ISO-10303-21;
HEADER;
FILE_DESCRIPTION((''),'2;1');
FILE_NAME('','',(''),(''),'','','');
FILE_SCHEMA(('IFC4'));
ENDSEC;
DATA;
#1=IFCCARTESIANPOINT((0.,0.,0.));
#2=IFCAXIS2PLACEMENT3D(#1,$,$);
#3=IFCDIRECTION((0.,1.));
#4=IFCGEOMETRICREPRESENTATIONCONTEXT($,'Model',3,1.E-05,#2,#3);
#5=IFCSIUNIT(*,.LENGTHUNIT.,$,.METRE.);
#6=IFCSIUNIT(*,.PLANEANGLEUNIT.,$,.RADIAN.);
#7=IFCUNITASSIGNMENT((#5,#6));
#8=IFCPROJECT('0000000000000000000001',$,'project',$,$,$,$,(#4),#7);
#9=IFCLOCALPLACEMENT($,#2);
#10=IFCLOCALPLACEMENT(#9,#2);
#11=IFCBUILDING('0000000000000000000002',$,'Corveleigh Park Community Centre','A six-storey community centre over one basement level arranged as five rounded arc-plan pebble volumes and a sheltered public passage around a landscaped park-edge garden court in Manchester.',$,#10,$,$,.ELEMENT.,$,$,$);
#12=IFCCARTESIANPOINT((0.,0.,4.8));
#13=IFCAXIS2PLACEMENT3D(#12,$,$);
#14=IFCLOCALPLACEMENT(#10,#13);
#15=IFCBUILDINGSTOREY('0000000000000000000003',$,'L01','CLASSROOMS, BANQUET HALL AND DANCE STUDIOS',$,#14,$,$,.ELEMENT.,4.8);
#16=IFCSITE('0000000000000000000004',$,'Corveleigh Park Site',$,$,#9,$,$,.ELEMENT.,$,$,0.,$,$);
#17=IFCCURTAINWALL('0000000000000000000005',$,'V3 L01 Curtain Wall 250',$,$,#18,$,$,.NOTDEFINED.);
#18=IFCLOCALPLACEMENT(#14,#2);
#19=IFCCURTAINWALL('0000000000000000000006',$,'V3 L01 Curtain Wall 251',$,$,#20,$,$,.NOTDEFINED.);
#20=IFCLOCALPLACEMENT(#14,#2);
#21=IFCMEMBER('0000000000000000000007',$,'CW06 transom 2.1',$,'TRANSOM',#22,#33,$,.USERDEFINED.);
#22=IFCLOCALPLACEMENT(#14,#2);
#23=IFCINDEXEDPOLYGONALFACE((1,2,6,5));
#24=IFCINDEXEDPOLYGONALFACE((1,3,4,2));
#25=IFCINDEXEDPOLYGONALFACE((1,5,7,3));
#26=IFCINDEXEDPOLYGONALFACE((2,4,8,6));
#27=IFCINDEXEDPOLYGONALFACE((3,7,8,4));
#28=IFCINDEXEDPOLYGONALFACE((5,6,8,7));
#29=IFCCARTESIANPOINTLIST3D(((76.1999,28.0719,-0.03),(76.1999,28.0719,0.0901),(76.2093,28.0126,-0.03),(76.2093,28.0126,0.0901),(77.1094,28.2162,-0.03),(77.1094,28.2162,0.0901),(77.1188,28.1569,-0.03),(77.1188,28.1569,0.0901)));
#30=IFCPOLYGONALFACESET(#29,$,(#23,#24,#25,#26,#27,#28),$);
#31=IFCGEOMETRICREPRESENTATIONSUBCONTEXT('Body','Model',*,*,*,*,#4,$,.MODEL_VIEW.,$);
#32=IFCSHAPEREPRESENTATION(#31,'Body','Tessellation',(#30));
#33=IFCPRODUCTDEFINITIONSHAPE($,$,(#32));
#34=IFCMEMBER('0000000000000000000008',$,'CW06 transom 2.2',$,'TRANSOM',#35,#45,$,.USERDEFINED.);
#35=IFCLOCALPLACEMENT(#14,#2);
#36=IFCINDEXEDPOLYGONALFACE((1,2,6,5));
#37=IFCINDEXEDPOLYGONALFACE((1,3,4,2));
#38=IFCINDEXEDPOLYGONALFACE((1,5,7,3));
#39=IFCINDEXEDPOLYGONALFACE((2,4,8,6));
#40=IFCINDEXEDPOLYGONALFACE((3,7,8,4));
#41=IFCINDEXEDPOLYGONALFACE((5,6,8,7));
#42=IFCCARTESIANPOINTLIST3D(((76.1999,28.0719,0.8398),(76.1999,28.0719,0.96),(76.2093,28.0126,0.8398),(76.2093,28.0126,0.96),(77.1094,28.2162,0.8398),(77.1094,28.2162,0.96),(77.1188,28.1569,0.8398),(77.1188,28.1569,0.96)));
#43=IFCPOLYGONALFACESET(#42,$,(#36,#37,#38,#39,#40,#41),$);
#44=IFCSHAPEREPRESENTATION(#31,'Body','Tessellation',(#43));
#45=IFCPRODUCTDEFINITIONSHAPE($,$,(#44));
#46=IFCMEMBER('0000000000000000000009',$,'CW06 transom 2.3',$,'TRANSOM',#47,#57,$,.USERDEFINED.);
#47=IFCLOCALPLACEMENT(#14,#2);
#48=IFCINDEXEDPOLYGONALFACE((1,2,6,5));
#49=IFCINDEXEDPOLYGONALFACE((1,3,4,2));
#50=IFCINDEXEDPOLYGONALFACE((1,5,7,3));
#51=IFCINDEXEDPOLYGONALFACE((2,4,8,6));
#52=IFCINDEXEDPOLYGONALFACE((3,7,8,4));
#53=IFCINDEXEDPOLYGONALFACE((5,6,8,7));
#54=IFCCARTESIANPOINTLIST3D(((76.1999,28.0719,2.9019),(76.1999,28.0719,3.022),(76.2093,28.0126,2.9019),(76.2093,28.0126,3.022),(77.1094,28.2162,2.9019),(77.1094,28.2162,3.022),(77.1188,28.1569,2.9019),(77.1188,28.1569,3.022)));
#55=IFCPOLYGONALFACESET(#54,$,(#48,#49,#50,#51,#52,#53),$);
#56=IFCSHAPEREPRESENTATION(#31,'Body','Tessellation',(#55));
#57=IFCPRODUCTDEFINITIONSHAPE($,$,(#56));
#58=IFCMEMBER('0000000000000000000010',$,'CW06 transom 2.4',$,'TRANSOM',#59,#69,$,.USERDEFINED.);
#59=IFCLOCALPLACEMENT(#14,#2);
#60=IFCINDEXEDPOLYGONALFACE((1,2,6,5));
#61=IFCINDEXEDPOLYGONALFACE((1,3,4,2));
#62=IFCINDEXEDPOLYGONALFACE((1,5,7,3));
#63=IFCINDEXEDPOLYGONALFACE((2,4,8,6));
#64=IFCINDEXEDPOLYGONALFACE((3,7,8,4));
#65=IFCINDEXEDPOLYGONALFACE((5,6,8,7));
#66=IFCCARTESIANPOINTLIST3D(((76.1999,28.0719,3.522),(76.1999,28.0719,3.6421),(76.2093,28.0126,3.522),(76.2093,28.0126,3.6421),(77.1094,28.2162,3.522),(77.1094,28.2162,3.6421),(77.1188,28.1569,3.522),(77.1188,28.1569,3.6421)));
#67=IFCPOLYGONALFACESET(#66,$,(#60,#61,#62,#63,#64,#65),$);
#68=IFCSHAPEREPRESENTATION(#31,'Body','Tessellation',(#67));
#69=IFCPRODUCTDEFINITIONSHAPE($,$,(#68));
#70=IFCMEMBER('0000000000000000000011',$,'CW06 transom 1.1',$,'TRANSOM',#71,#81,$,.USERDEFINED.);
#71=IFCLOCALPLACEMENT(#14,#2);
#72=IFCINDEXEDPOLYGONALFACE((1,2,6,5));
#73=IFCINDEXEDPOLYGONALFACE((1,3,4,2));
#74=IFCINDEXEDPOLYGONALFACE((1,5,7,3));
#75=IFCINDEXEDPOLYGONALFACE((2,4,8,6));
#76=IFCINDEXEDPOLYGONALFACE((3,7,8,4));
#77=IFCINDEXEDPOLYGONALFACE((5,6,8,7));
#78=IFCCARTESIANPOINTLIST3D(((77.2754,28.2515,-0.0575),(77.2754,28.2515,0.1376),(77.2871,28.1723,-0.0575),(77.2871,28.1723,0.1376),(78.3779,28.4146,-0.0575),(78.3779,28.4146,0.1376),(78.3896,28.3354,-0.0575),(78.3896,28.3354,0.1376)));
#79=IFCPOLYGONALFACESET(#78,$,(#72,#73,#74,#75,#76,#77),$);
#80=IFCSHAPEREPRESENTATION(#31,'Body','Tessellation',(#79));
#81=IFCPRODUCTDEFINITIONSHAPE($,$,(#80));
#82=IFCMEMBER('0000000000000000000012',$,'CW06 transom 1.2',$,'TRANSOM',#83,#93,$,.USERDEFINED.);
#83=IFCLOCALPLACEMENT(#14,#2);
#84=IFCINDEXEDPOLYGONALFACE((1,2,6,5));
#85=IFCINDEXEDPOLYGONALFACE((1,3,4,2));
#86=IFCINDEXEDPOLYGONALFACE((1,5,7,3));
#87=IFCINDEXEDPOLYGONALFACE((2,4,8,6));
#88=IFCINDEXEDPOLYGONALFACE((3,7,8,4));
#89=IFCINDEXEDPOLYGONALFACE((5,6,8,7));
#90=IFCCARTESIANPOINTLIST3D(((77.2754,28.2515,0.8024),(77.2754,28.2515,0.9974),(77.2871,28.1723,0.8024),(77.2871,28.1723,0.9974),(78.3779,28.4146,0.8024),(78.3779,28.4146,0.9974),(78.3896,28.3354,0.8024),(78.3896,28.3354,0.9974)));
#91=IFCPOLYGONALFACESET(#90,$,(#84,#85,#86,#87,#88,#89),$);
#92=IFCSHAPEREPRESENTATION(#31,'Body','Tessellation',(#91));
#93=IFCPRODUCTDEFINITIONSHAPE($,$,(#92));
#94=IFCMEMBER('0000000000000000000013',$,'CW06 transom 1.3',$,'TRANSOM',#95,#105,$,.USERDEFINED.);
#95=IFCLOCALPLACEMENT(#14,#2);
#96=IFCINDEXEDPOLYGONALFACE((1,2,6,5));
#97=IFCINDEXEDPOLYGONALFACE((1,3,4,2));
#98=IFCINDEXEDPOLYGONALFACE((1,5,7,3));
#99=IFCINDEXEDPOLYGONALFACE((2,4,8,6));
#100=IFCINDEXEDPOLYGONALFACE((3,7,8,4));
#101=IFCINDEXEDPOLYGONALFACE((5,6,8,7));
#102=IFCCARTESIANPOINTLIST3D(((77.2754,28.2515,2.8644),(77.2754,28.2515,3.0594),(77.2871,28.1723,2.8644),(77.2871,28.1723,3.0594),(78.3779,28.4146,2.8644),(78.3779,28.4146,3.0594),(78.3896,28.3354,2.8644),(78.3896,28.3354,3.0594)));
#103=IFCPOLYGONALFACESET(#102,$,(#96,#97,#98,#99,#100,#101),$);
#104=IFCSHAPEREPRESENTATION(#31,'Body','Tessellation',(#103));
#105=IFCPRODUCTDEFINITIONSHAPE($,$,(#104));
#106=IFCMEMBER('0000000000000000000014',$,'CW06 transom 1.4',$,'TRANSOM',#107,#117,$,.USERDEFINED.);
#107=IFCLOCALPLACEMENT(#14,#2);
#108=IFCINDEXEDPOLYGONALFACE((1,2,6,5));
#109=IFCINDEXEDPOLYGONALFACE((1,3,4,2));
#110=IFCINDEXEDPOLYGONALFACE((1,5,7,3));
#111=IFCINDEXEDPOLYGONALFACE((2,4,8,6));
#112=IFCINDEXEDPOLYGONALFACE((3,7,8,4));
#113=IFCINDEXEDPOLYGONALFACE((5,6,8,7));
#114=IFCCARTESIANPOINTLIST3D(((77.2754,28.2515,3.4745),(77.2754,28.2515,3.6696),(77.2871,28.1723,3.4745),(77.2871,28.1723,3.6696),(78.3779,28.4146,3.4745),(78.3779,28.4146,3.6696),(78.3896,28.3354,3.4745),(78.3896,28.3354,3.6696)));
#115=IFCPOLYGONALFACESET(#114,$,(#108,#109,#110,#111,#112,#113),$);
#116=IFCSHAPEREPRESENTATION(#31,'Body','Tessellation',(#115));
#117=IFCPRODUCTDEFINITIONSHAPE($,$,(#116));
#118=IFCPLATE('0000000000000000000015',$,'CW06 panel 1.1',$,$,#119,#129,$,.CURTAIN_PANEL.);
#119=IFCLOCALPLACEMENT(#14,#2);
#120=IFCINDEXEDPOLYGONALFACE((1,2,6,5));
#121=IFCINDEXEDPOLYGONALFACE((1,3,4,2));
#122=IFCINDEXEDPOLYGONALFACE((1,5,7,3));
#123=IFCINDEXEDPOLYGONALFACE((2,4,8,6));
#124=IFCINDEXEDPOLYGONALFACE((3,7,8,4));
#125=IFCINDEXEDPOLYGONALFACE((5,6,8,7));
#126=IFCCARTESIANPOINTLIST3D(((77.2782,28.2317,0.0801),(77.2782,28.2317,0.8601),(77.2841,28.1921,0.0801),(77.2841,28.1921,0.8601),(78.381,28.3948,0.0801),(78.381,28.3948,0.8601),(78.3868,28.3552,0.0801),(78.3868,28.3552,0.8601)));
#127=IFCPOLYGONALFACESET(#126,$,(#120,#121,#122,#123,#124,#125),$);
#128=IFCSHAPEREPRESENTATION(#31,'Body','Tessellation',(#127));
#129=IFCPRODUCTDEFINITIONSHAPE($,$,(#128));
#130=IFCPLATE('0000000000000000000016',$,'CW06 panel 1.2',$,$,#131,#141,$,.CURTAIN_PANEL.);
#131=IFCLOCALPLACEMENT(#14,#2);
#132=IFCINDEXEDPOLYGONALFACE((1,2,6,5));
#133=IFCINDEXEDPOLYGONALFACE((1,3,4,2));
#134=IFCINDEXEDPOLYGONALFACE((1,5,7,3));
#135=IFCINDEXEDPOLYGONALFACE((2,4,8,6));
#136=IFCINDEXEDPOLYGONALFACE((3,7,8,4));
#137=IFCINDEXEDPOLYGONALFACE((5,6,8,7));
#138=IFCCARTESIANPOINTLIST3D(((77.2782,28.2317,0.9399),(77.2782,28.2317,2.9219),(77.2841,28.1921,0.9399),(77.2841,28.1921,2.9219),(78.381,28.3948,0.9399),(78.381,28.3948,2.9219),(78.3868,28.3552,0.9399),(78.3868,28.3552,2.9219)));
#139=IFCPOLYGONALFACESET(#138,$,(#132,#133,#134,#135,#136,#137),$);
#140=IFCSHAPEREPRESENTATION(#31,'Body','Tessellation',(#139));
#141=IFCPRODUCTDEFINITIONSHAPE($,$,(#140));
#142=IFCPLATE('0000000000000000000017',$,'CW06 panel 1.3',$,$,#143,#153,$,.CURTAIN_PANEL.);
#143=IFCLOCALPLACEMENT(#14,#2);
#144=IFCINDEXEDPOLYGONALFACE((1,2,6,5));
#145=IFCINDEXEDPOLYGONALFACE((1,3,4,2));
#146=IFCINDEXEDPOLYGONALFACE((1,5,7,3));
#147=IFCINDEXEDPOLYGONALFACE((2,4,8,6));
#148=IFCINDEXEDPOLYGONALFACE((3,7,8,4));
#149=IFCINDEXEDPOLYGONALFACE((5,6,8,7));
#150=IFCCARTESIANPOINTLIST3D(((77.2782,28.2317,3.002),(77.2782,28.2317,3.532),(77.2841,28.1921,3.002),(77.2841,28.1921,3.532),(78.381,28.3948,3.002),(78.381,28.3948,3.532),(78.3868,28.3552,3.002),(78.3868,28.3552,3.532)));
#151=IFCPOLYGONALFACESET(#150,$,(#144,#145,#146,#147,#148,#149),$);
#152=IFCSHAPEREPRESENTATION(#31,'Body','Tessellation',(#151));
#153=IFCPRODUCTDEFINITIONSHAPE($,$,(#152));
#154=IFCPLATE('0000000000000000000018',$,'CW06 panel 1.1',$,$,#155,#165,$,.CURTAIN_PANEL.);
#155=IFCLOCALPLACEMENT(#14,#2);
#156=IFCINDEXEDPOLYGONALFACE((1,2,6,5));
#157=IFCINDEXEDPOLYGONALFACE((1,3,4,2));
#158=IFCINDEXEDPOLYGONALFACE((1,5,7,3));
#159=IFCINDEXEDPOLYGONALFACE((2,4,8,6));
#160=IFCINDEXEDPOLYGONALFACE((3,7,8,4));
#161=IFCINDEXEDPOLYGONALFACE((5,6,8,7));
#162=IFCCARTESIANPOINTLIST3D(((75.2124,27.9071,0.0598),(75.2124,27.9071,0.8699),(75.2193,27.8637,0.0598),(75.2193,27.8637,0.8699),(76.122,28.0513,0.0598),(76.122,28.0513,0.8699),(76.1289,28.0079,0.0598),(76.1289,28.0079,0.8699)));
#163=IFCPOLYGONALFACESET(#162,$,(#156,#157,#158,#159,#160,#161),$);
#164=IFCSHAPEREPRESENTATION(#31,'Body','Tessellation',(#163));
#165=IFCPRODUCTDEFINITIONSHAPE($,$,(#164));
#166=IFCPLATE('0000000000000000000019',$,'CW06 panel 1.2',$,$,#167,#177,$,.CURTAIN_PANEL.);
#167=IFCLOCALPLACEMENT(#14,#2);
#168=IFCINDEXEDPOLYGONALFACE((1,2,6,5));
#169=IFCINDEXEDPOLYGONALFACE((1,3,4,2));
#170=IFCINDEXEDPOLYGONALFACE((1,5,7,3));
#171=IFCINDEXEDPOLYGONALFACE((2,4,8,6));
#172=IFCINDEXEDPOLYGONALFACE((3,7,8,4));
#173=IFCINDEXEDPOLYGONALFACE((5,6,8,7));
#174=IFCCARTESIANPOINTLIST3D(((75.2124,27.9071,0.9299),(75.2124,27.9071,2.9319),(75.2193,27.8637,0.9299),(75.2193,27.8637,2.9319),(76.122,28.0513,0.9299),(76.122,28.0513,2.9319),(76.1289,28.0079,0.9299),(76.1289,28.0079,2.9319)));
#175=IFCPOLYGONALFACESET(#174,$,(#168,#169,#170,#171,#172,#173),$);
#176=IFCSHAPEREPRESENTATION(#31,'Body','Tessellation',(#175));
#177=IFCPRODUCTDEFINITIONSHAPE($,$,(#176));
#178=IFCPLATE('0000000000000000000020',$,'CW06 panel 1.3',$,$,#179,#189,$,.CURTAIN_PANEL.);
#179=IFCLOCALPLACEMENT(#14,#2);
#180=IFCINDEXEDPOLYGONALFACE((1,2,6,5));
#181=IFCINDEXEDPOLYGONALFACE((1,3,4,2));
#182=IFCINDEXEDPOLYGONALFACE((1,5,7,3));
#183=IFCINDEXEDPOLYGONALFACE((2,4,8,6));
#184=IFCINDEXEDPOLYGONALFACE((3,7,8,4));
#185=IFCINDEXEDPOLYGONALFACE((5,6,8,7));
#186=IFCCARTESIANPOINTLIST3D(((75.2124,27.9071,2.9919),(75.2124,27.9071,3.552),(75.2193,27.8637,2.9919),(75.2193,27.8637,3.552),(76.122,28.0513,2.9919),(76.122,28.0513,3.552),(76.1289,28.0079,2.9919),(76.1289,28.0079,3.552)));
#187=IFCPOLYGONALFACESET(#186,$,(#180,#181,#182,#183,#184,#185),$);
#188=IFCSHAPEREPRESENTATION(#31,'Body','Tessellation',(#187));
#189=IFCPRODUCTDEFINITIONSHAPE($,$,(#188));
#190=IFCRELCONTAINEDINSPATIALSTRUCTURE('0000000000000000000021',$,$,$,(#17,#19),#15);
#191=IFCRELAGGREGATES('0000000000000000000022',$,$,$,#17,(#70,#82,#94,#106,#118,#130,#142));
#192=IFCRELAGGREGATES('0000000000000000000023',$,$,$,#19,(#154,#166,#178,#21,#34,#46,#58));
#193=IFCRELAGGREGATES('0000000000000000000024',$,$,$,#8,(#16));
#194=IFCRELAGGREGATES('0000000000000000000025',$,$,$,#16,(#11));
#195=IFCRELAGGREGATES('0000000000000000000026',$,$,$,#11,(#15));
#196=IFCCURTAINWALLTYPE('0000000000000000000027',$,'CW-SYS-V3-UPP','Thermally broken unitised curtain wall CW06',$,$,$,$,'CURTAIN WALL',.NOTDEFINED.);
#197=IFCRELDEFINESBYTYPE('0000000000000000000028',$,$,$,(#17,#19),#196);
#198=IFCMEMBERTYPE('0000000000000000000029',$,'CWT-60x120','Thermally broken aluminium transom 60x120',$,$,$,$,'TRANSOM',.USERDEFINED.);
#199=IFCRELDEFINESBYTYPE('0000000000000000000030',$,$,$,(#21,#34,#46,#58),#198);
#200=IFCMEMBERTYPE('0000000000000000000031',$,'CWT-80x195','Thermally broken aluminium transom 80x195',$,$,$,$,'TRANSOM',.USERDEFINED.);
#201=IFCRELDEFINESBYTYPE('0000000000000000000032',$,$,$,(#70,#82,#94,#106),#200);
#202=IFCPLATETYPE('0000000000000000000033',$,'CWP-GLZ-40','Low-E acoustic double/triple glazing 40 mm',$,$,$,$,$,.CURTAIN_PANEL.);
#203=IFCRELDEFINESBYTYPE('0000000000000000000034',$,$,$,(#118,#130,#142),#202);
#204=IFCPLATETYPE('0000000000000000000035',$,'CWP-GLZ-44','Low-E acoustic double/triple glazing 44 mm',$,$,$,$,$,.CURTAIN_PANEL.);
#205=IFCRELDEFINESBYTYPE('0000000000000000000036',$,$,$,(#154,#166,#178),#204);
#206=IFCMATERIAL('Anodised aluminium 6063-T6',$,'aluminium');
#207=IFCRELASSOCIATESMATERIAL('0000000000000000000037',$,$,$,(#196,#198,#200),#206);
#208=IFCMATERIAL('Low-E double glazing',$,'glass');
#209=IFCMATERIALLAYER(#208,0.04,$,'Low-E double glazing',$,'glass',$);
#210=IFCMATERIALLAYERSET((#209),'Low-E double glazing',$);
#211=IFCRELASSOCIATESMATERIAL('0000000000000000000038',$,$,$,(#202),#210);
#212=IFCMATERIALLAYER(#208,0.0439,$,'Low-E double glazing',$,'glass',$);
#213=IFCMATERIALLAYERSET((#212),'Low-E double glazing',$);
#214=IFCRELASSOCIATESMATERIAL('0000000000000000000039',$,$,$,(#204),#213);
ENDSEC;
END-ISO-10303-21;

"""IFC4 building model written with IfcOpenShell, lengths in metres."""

from ifc_helpers import new_model, si_unit, direction, frame, origin, origin_2d, place, context, subcontext, project, spatial, rectangle, extrude, material, layer, layer_set, material_profile, profile_set, type_object, element, aggregate, save


model = new_model("IFC4")

# Units and contexts
model_context = context("Model", 3, precision=1e-05, world=origin(), true_north=direction((0.0, 1.0)))
body_context = subcontext(model_context, "Body", "Model", "MODEL_VIEW")
ifc_project = project(units=[si_unit("LENGTHUNIT", "METRE"), si_unit("PLANEANGLEUNIT", "RADIAN")], contexts=[model_context])

# Site, building, storey
site_placement = place(None, origin())
site = spatial("IfcSite", under=ifc_project, at=site_placement, Name="Corveleigh Park Site", CompositionType="ELEMENT", RefElevation=0.0)
building_placement = place(site_placement, origin())
building = spatial("IfcBuilding", under=site, at=building_placement, Name="Corveleigh Park Community Centre", Description="A six-storey community centre over one basement level arranged as five rounded arc-plan pebble volumes and a sheltered public passage around a landscaped park-edge garden court in Manchester.", CompositionType="ELEMENT")
storey_placement = place(building_placement, frame((0.0, 0.0, 4.8)))
storey = spatial("IfcBuildingStorey", under=building, at=storey_placement, Name="L01", Description="CLASSROOMS, BANQUET HALL AND DANCE STUDIOS", CompositionType="ELEMENT", Elevation=4.8)

# Curtain wall
ifc_material_1 = material(Name="Anodised aluminium 6063-T6", Category="aluminium")
curtain_wall_type = type_object("IfcCurtainWallType", Name="CW-SYS-V3-UPP", Description="Thermally broken unitised curtain wall CW06", ElementType="CURTAIN WALL", PredefinedType="NOTDEFINED", material=ifc_material_1)
curtain_wall_1_placement = place(storey_placement, origin())
curtain_wall_1 = element("IfcCurtainWall", 1, at=curtain_wall_1_placement, inside=storey, type_object=curtain_wall_type, Name="V3 L01 Curtain Wall 250", PredefinedType="NOTDEFINED")

# Curtain wall, members
curtain_wall_2_placement = place(storey_placement, origin())
curtain_wall_2 = element("IfcCurtainWall", 2, at=curtain_wall_2_placement, inside=storey, type_object=curtain_wall_type, Name="V3 L01 Curtain Wall 251", PredefinedType="NOTDEFINED")
ifc_material_profile_1 = material_profile(ifc_material_1, rectangle(XDim=0.0601, YDim=0.1201, at=origin_2d()), Name="ALU-T60x120", Category="aluminium")
ifc_profile_set_1 = profile_set([ifc_material_profile_1], Name="Anodised aluminium 6063-T6")
member_type_1 = type_object("IfcMemberType", Name="CWT-60x120", Description="Thermally broken aluminium transom 60x120", ElementType="TRANSOM", PredefinedType="USERDEFINED", material=ifc_profile_set_1)
member_1_placement = place(storey_placement, frame((76.2046, 28.0422, 0.03), z_axis=(0.987647, 0.156698, 0.0), x_axis=(-0.156698, 0.987647, 0.0)))
member_1 = element("IfcMember", 3, at=member_1_placement, type_object=member_type_1, Name="CW06 transom 2.1", ObjectType="TRANSOM", PredefinedType="USERDEFINED", context=body_context, shape_type="SweptSolid", body=[
    extrude(rectangle(XDim=0.0601, YDim=0.1201, at=origin_2d()), origin(), (0.0, 0.0, 1.0), 0.9209),
])
member_2_placement = place(storey_placement, frame((76.2046, 28.0422, 0.8999), z_axis=(0.987647, 0.156698, 0.0), x_axis=(-0.156698, 0.987647, 0.0)))
member_2 = element("IfcMember", 4, at=member_2_placement, type_object=member_type_1, Name="CW06 transom 2.2", ObjectType="TRANSOM", PredefinedType="USERDEFINED", context=body_context, shape_type="SweptSolid", body=[
    extrude(rectangle(XDim=0.0601, YDim=0.1201, at=origin_2d()), origin(), (0.0, 0.0, 1.0), 0.9209),
])
member_3_placement = place(storey_placement, frame((76.2046, 28.0422, 2.9619), z_axis=(0.987647, 0.156698, 0.0), x_axis=(-0.156698, 0.987647, 0.0)))
member_3 = element("IfcMember", 5, at=member_3_placement, type_object=member_type_1, Name="CW06 transom 2.3", ObjectType="TRANSOM", PredefinedType="USERDEFINED", context=body_context, shape_type="SweptSolid", body=[
    extrude(rectangle(XDim=0.0601, YDim=0.1201, at=origin_2d()), origin(), (0.0, 0.0, 1.0), 0.9209),
])
member_4_placement = place(storey_placement, frame((76.2046, 28.0422, 3.582), z_axis=(0.987647, 0.156698, 0.0), x_axis=(-0.156698, 0.987647, 0.0)))
member_4 = element("IfcMember", 6, at=member_4_placement, type_object=member_type_1, Name="CW06 transom 2.4", ObjectType="TRANSOM", PredefinedType="USERDEFINED", context=body_context, shape_type="SweptSolid", body=[
    extrude(rectangle(XDim=0.0601, YDim=0.1201, at=origin_2d()), origin(), (0.0, 0.0, 1.0), 0.9209),
])

# Members
ifc_material_profile_2 = material_profile(ifc_material_1, rectangle(XDim=0.0801, YDim=0.1951, at=origin_2d()), Name="ALU-T80x195", Category="aluminium")
ifc_profile_set_2 = profile_set([ifc_material_profile_2], Name="Anodised aluminium 6063-T6")
member_type_2 = type_object("IfcMemberType", Name="CWT-80x195", Description="Thermally broken aluminium transom 80x195", ElementType="TRANSOM", PredefinedType="USERDEFINED", material=ifc_profile_set_2)
member_5_placement = place(storey_placement, frame((77.2812, 28.2119, 0.04), z_axis=(0.989236, 0.146326, 0.0), x_axis=(-0.146326, 0.989236, 0.0)))
member_5 = element("IfcMember", 7, at=member_5_placement, type_object=member_type_2, Name="CW06 transom 1.1", ObjectType="TRANSOM", PredefinedType="USERDEFINED", context=body_context, shape_type="SweptSolid", body=[
    extrude(rectangle(XDim=0.0801, YDim=0.1951, at=origin_2d()), origin(), (0.0, 0.0, 1.0), 1.1145),
])
member_6_placement = place(storey_placement, frame((77.2812, 28.2119, 0.8999), z_axis=(0.989236, 0.146326, 0.0), x_axis=(-0.146326, 0.989236, 0.0)))
member_6 = element("IfcMember", 8, at=member_6_placement, type_object=member_type_2, Name="CW06 transom 1.2", ObjectType="TRANSOM", PredefinedType="USERDEFINED", context=body_context, shape_type="SweptSolid", body=[
    extrude(rectangle(XDim=0.0801, YDim=0.1951, at=origin_2d()), origin(), (0.0, 0.0, 1.0), 1.1145),
])
member_7_placement = place(storey_placement, frame((77.2812, 28.2119, 2.9619), z_axis=(0.989236, 0.146326, 0.0), x_axis=(-0.146326, 0.989236, 0.0)))
member_7 = element("IfcMember", 9, at=member_7_placement, type_object=member_type_2, Name="CW06 transom 1.3", ObjectType="TRANSOM", PredefinedType="USERDEFINED", context=body_context, shape_type="SweptSolid", body=[
    extrude(rectangle(XDim=0.0801, YDim=0.1951, at=origin_2d()), origin(), (0.0, 0.0, 1.0), 1.1145),
])
member_8_placement = place(storey_placement, frame((77.2812, 28.2119, 3.572), z_axis=(0.989236, 0.146326, 0.0), x_axis=(-0.146326, 0.989236, 0.0)))
member_8 = element("IfcMember", 10, at=member_8_placement, type_object=member_type_2, Name="CW06 transom 1.4", ObjectType="TRANSOM", PredefinedType="USERDEFINED", context=body_context, shape_type="SweptSolid", body=[
    extrude(rectangle(XDim=0.0801, YDim=0.1951, at=origin_2d()), origin(), (0.0, 0.0, 1.0), 1.1145),
])

# Plates
ifc_material_2 = material(Name="Low-E double glazing", Category="glass")
ifc_layer_1 = layer(ifc_material_2, 0.04, Name="Low-E double glazing", Category="glass")
ifc_layer_set_1 = layer_set([ifc_layer_1], Name="Low-E double glazing")
plate_type_1 = type_object("IfcPlateType", Name="CWP-GLZ-40", Description="Low-E acoustic double/triple glazing 40 mm", PredefinedType="CURTAIN_PANEL", material=ifc_layer_set_1)
plate_1_placement = place(storey_placement, frame((77.8325, 28.2935, 0.0801), z_axis=(0.0, 0.0, 1.0), x_axis=(0.989245, 0.146268, 0.0)))
plate_1 = element("IfcPlate", 11, at=plate_1_placement, type_object=plate_type_1, Name="CW06 panel 1.1", PredefinedType="CURTAIN_PANEL", context=body_context, shape_type="SweptSolid", body=[
    extrude(rectangle(XDim=1.1147, YDim=0.04, at=origin_2d()), origin(), (0.0, 0.0, 1.0), 0.78),
])
plate_2_placement = place(storey_placement, frame((77.8325, 28.2935, 0.9399), z_axis=(0.0, 0.0, 1.0), x_axis=(0.989245, 0.146268, 0.0)))
plate_2 = element("IfcPlate", 12, at=plate_2_placement, type_object=plate_type_1, Name="CW06 panel 1.2", PredefinedType="CURTAIN_PANEL", context=body_context, shape_type="SweptSolid", body=[
    extrude(rectangle(XDim=1.1147, YDim=0.04, at=origin_2d()), origin(), (0.0, 0.0, 1.0), 1.9819),
])
plate_3_placement = place(storey_placement, frame((77.8325, 28.2935, 3.002), z_axis=(0.0, 0.0, 1.0), x_axis=(0.989245, 0.146268, 0.0)))
plate_3 = element("IfcPlate", 13, at=plate_3_placement, type_object=plate_type_1, Name="CW06 panel 1.3", PredefinedType="CURTAIN_PANEL", context=body_context, shape_type="SweptSolid", body=[
    extrude(rectangle(XDim=1.1147, YDim=0.04, at=origin_2d()), origin(), (0.0, 0.0, 1.0), 0.53),
])
aggregate(curtain_wall_1, [member_5, member_6, member_7, member_8, plate_1, plate_2, plate_3])
ifc_layer_2 = layer(ifc_material_2, 0.0439, Name="Low-E double glazing", Category="glass")
ifc_layer_set_2 = layer_set([ifc_layer_2], Name="Low-E double glazing")
plate_type_2 = type_object("IfcPlateType", Name="CWP-GLZ-44", Description="Low-E acoustic double/triple glazing 44 mm", PredefinedType="CURTAIN_PANEL", material=ifc_layer_set_2)
plate_4_placement = place(storey_placement, frame((75.6707, 27.9575, 0.0598), z_axis=(0.0, 0.0, 1.0), x_axis=(0.987661, 0.156604, 0.0)))
plate_4 = element("IfcPlate", 14, at=plate_4_placement, type_object=plate_type_2, Name="CW06 panel 1.1", PredefinedType="CURTAIN_PANEL", context=body_context, shape_type="SweptSolid", body=[
    extrude(rectangle(XDim=0.9209, YDim=0.0439, at=origin_2d()), origin(), (0.0, 0.0, 1.0), 0.8101),
])
plate_5_placement = place(storey_placement, frame((75.6707, 27.9575, 0.9299), z_axis=(0.0, 0.0, 1.0), x_axis=(0.987661, 0.156604, 0.0)))
plate_5 = element("IfcPlate", 15, at=plate_5_placement, type_object=plate_type_2, Name="CW06 panel 1.2", PredefinedType="CURTAIN_PANEL", context=body_context, shape_type="SweptSolid", body=[
    extrude(rectangle(XDim=0.9209, YDim=0.0439, at=origin_2d()), origin(), (0.0, 0.0, 1.0), 2.002),
])
plate_6_placement = place(storey_placement, frame((75.6707, 27.9575, 2.9919), z_axis=(0.0, 0.0, 1.0), x_axis=(0.987661, 0.156604, 0.0)))
plate_6 = element("IfcPlate", 16, at=plate_6_placement, type_object=plate_type_2, Name="CW06 panel 1.3", PredefinedType="CURTAIN_PANEL", context=body_context, shape_type="SweptSolid", body=[
    extrude(rectangle(XDim=0.9209, YDim=0.0439, at=origin_2d()), origin(), (0.0, 0.0, 1.0), 0.5601),
])
aggregate(curtain_wall_2, [plate_4, plate_5, plate_6, member_1, member_2, member_3, member_4])

save(model, "model.ifc")
